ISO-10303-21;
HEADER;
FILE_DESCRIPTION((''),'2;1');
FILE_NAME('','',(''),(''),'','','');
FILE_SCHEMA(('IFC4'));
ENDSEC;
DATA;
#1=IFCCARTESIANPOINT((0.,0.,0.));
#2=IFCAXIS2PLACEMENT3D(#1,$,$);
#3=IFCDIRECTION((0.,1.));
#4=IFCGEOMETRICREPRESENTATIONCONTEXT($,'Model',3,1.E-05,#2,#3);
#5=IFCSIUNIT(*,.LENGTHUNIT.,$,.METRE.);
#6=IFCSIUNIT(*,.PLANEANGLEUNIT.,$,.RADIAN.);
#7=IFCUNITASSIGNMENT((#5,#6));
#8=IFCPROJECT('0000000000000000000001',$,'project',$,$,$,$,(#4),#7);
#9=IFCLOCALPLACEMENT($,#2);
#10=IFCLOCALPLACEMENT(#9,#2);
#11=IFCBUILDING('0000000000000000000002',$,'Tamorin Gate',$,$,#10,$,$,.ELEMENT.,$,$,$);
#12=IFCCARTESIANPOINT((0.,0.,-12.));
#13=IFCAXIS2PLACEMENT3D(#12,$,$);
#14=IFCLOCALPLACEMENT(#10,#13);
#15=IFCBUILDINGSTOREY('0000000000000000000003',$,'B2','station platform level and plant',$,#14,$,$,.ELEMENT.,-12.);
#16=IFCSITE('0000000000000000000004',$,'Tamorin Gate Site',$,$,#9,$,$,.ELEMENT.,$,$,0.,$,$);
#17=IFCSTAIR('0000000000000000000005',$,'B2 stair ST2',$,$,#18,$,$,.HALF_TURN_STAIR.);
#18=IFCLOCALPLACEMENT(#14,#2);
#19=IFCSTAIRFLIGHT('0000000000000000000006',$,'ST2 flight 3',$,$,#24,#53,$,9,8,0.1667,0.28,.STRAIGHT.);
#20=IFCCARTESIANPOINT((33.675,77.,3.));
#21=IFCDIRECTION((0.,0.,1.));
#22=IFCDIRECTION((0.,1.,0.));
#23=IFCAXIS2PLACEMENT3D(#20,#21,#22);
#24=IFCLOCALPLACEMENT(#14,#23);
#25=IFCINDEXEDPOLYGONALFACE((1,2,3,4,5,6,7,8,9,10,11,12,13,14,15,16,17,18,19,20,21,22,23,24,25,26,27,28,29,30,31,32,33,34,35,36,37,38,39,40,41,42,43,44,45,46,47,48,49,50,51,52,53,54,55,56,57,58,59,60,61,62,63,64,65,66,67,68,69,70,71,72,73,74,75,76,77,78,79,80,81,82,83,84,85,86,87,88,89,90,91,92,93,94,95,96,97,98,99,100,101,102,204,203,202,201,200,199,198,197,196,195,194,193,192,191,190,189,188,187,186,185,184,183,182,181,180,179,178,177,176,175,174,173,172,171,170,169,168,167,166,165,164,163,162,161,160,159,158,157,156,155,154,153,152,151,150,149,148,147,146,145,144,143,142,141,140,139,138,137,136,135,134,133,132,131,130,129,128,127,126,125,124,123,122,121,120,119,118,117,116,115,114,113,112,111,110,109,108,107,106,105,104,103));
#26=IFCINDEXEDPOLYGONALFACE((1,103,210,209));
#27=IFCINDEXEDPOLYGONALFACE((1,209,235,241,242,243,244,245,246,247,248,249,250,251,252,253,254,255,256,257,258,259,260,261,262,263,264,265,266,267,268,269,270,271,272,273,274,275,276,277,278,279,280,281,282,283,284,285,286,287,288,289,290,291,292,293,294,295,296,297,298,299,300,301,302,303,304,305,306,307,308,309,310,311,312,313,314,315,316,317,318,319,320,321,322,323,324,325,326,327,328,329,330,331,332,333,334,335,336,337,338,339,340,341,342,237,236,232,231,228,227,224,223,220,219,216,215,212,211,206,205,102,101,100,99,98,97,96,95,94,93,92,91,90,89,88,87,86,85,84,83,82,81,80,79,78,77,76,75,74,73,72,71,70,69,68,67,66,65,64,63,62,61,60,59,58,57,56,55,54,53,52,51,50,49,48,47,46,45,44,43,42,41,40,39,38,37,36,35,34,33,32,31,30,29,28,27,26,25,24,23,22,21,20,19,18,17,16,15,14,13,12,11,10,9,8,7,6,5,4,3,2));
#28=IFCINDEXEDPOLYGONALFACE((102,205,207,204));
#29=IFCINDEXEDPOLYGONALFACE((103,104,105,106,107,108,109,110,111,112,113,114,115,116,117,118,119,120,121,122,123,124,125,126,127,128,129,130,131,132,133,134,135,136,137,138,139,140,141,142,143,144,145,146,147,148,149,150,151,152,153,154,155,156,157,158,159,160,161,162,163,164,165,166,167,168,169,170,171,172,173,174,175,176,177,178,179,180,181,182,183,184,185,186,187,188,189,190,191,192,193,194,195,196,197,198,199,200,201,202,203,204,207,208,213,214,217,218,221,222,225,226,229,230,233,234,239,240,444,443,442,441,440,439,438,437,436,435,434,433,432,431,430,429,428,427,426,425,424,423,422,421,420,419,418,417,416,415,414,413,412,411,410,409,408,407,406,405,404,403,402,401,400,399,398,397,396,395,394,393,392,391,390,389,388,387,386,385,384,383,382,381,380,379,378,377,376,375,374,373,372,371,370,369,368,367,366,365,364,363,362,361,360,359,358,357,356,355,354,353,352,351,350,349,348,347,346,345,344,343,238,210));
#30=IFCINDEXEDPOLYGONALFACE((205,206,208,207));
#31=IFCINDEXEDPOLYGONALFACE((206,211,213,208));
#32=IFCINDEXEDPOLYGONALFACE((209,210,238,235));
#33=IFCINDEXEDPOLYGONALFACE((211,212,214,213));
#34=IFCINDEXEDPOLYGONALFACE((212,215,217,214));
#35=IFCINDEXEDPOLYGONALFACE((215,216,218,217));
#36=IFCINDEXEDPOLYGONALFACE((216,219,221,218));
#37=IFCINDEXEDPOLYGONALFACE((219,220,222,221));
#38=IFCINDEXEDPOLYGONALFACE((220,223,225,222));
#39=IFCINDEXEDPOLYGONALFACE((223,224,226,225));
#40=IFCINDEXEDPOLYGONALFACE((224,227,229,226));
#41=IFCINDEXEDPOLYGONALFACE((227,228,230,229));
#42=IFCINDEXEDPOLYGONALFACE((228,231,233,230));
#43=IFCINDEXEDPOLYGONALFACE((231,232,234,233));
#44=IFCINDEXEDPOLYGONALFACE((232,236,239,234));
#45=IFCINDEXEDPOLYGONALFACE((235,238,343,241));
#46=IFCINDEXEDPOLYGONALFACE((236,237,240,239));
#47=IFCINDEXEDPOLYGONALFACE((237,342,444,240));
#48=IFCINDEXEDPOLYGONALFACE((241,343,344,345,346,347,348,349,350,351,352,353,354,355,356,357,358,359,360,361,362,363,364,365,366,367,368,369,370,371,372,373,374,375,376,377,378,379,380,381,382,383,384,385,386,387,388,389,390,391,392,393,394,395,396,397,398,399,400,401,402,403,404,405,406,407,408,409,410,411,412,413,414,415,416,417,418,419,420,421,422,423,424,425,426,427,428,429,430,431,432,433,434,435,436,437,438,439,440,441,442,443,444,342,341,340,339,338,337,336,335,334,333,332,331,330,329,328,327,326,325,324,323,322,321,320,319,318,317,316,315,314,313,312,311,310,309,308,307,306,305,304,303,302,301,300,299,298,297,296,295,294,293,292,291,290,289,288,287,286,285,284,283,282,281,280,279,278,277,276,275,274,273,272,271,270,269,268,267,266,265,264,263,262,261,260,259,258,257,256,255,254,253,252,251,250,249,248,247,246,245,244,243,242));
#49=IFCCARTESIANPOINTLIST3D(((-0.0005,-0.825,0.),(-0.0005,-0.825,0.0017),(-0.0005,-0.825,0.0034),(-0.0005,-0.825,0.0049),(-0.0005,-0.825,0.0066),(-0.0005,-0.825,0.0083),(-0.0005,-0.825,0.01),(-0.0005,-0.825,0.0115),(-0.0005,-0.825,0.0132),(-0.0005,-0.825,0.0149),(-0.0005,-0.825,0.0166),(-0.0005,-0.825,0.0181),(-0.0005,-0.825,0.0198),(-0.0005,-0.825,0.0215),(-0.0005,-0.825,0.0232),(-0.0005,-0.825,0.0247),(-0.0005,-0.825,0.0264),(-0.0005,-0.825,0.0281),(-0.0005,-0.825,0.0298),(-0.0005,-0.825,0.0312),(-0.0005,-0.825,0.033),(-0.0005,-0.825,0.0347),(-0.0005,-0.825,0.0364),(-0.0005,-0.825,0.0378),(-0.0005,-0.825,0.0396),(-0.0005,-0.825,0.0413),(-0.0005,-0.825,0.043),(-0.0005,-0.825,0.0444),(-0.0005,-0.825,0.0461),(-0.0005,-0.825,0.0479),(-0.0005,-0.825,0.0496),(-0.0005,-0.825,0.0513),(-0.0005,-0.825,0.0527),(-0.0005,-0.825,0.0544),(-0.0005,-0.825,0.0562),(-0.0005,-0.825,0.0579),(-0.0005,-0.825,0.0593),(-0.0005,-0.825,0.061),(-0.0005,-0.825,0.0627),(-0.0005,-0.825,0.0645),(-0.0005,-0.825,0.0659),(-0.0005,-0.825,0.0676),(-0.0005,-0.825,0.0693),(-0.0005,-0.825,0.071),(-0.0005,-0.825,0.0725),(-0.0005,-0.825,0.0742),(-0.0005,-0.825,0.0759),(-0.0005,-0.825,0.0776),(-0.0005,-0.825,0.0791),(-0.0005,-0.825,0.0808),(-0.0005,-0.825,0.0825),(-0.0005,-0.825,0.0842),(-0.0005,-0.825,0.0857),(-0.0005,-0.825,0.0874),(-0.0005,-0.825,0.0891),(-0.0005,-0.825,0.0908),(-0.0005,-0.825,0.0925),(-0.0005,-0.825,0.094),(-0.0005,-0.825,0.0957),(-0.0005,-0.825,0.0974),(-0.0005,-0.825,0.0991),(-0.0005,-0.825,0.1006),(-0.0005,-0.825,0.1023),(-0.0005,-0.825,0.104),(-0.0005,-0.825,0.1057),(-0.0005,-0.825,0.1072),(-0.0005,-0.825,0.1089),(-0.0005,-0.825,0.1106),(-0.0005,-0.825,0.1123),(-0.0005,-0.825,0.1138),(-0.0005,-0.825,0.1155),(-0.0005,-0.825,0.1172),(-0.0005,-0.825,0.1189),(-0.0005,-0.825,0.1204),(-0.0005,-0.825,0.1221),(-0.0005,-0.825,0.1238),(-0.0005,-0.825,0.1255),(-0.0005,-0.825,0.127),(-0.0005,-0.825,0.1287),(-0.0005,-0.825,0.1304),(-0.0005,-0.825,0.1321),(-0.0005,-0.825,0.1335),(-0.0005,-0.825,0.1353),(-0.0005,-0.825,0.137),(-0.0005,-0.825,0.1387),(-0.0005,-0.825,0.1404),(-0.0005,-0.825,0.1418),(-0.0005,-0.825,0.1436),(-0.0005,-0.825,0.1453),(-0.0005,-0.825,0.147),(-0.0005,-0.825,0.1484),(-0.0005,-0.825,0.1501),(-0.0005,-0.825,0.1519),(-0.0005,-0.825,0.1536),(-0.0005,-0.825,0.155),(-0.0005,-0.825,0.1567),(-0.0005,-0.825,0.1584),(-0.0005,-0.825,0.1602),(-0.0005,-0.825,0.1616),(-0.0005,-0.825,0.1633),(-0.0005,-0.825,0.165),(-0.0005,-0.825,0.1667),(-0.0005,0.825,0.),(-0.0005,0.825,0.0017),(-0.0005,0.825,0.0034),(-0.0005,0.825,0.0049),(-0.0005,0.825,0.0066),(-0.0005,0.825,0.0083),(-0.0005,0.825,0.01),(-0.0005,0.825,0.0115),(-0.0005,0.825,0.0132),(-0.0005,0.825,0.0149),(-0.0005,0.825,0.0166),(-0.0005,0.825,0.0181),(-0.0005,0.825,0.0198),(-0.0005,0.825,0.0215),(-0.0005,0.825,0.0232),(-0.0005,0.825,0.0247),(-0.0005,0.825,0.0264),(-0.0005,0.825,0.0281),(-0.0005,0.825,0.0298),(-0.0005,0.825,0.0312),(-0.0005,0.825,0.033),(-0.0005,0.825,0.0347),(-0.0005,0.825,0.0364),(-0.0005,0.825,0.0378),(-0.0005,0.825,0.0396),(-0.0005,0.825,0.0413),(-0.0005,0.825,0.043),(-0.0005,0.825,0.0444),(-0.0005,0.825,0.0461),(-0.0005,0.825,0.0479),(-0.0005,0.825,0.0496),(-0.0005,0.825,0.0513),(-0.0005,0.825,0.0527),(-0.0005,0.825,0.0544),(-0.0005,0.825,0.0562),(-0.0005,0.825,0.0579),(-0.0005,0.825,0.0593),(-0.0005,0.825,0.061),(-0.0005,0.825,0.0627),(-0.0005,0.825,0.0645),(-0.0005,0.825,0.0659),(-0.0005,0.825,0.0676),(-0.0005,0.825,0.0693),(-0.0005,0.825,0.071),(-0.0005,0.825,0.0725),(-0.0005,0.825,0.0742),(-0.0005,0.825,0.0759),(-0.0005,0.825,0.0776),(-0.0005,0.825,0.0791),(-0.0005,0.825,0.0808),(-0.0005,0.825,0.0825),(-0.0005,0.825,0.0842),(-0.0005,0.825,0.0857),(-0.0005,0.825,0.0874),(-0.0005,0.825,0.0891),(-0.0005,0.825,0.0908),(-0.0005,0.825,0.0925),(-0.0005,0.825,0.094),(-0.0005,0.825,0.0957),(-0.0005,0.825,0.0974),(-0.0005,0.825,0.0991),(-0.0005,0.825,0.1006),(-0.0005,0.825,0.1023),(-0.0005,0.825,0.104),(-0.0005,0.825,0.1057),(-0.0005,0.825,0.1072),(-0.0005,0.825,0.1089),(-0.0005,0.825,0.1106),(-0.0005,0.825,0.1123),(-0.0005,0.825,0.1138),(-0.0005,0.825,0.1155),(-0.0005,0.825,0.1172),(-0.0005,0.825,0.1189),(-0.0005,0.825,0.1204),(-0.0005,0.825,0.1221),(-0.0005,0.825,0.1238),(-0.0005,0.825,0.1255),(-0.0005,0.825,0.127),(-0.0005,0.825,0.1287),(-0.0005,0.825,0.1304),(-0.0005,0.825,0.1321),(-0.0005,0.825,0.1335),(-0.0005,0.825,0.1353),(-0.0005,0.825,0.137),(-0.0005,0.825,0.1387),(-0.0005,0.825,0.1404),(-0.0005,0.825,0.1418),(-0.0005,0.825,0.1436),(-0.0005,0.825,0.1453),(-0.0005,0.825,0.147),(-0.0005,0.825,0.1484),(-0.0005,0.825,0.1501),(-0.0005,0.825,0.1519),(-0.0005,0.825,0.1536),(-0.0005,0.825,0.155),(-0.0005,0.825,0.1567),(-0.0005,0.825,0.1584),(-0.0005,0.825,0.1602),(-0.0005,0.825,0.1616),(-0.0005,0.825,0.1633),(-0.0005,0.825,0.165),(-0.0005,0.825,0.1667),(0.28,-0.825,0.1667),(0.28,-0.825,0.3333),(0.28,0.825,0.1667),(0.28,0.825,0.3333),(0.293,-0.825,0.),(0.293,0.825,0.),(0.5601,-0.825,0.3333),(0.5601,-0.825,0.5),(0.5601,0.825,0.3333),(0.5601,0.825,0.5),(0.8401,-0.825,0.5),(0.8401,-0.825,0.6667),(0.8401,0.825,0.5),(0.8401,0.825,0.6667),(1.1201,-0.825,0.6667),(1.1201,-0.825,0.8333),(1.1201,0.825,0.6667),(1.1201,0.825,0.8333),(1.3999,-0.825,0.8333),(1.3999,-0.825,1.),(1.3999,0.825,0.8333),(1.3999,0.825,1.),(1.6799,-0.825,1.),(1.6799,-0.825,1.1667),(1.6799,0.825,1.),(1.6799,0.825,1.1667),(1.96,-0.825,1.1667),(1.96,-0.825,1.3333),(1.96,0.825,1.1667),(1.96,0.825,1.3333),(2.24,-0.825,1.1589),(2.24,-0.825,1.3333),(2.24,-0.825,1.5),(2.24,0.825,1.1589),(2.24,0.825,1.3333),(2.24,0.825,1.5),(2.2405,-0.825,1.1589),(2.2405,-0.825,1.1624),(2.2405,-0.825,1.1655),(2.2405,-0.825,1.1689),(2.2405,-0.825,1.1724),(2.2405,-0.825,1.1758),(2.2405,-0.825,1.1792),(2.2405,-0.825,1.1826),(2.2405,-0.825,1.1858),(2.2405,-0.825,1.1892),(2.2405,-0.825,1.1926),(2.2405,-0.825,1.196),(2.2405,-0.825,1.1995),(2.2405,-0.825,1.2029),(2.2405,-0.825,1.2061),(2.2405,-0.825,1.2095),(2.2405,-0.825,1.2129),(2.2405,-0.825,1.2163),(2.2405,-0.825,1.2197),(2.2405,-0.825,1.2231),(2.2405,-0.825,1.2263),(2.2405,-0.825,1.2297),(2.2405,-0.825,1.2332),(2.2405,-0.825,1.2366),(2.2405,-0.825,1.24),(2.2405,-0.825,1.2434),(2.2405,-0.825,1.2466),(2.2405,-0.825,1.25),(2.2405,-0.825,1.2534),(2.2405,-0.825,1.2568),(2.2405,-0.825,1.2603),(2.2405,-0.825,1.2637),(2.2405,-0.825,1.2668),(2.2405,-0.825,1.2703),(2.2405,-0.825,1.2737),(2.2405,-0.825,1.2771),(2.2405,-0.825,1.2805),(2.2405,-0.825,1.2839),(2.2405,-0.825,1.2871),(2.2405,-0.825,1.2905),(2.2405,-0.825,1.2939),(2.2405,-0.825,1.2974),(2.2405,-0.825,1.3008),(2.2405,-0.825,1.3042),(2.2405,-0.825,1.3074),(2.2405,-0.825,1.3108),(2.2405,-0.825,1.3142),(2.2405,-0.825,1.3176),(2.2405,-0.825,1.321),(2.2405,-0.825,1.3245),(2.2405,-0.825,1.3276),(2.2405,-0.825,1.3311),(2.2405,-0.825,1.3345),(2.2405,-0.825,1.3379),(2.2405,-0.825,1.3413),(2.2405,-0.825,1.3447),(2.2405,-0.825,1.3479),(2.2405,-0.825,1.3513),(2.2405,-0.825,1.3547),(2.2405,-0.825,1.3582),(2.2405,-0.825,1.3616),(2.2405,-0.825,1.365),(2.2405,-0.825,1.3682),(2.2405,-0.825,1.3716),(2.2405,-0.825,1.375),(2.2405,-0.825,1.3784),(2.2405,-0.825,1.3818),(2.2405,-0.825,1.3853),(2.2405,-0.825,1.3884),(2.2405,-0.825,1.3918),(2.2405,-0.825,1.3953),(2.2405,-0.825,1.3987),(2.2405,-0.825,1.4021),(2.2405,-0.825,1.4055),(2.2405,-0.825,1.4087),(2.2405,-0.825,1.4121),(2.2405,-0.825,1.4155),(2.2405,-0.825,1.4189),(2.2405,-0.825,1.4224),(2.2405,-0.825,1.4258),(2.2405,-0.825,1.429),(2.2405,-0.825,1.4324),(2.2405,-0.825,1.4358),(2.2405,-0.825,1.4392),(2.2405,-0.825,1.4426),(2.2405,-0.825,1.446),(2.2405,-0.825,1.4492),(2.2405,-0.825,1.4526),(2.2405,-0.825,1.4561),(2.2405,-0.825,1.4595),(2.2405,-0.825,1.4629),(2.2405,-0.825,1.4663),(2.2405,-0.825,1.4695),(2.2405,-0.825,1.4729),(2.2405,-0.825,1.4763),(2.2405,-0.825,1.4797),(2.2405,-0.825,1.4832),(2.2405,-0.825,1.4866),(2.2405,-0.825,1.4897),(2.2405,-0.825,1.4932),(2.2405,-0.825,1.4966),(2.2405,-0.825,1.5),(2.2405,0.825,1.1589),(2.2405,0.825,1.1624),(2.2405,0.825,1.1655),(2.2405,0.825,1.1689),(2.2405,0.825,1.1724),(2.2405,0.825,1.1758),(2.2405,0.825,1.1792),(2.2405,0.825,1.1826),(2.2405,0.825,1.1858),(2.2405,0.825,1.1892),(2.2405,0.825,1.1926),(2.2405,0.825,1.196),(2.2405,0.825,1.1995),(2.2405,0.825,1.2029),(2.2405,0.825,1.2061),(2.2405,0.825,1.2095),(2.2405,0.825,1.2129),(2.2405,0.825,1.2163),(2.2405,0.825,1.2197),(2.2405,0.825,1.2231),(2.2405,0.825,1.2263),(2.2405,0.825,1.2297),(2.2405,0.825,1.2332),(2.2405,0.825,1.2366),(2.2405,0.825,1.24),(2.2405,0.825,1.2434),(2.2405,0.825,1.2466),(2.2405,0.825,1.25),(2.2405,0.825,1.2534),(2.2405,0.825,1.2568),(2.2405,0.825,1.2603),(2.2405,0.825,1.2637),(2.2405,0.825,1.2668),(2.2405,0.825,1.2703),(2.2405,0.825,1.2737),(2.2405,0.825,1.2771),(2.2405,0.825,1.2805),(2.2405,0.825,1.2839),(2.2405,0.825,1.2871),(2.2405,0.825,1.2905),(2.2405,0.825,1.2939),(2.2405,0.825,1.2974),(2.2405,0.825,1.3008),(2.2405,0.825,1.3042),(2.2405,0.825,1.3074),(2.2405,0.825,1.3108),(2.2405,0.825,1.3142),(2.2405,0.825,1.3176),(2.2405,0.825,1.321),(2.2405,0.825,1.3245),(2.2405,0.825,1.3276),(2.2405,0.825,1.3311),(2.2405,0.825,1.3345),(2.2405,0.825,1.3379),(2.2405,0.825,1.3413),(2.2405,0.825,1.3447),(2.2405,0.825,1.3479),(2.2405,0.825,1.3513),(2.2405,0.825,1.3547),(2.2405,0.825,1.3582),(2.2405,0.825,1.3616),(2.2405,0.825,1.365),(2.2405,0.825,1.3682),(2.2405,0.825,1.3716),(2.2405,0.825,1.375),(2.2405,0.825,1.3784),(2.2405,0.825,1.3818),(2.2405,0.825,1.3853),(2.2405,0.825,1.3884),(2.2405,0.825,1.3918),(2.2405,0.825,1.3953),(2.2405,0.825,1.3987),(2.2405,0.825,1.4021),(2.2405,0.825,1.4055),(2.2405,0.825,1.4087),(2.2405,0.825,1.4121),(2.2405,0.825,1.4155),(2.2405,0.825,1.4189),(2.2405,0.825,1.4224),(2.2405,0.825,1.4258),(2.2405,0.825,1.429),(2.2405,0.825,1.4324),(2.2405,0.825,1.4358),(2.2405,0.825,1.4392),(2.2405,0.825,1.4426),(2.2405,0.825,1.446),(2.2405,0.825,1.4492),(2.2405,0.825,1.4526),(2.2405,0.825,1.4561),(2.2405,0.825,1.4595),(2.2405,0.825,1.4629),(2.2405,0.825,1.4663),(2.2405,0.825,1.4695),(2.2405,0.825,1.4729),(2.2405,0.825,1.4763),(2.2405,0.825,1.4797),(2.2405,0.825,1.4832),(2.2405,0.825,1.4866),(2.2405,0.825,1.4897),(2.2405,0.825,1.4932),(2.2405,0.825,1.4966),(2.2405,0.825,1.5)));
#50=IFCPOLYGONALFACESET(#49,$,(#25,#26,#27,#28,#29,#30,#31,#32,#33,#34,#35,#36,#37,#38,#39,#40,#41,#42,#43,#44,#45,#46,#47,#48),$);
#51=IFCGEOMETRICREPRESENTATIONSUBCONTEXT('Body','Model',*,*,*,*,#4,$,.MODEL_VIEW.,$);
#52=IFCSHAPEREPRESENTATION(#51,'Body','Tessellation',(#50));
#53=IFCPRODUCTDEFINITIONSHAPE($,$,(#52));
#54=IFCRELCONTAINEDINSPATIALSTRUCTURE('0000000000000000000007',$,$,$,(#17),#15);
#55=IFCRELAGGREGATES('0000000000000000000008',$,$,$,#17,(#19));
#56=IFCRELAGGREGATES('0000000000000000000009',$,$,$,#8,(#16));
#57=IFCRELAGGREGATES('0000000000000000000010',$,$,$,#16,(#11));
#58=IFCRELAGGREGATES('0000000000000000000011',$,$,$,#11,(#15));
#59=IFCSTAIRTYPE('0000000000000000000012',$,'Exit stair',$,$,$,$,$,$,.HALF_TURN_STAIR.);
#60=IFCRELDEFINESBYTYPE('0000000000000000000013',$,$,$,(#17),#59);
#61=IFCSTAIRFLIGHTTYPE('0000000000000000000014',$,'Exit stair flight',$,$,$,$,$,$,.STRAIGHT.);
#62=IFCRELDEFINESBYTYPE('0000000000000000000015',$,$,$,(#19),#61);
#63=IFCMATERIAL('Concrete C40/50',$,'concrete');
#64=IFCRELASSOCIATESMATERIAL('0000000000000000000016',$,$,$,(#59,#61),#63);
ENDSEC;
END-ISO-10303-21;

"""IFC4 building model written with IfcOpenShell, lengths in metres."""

from ifc_helpers import new_model, si_unit, direction, frame, origin, place, context, subcontext, project, spatial, polyline, outline, extrude, material, type_object, element, aggregate, save


model = new_model("IFC4")

# Units and contexts
model_context = context("Model", 3, precision=1e-05, world=origin(), true_north=direction((0.0, 1.0)))
body_context = subcontext(model_context, "Body", "Model", "MODEL_VIEW")
ifc_project = project(units=[si_unit("LENGTHUNIT", "METRE"), si_unit("PLANEANGLEUNIT", "RADIAN")], contexts=[model_context])

# Site, building, storey
site_placement = place(None, origin())
site = spatial("IfcSite", under=ifc_project, at=site_placement, Name="Tamorin Gate Site", CompositionType="ELEMENT", RefElevation=0.0)
building_placement = place(site_placement, origin())
building = spatial("IfcBuilding", under=site, at=building_placement, Name="Tamorin Gate", CompositionType="ELEMENT")
storey_placement = place(building_placement, frame((0.0, 0.0, -12.0)))
storey = spatial("IfcBuildingStorey", under=building, at=storey_placement, Name="B2", Description="station platform level and plant", CompositionType="ELEMENT", Elevation=-12.0)

# Shared definitions
ifc_material_1 = material(Name="Concrete C40/50", Category="concrete")

# Stair, stair flight
stair_type = type_object("IfcStairType", Name="Exit stair", PredefinedType="HALF_TURN_STAIR", material=ifc_material_1)
stair_placement = place(storey_placement, origin())
stair = element("IfcStair", 1, at=stair_placement, inside=storey, type_object=stair_type, Name="B2 stair ST2", PredefinedType="HALF_TURN_STAIR")
stair_flight_type = type_object("IfcStairFlightType", Name="Exit stair flight", PredefinedType="STRAIGHT", material=ifc_material_1)
stair_flight_placement = place(storey_placement, frame((33.675, 77.0, 3.0), z_axis=(0.0, 0.0, 1.0), x_axis=(0.0, 1.0, 0.0)))
stair_flight = element("IfcStairFlight", 2, at=stair_flight_placement, type_object=stair_flight_type, Name="ST2 flight 3", NumberOfRisers=9, NumberOfTreads=8, PredefinedType="STRAIGHT", RiserHeight=0.1667, TreadLength=0.28, context=body_context, shape_type="SweptSolid", body=[
    extrude(outline(polyline([(-0.0005, 0.0), (-0.0005, 0.0017), (-0.0005, 0.0034), (-0.0005, 0.0049), (-0.0005, 0.0066), (-0.0005, 0.0083), (-0.0005, 0.01), (-0.0005, 0.0115), (-0.0005, 0.0132), (-0.0005, 0.0149), (-0.0005, 0.0166), (-0.0005, 0.0181), (-0.0005, 0.0198), (-0.0005, 0.0215), (-0.0005, 0.0232), (-0.0005, 0.0247), (-0.0005, 0.0264), (-0.0005, 0.0281), (-0.0005, 0.0298), (-0.0005, 0.0312), (-0.0005, 0.033), (-0.0005, 0.0347), (-0.0005, 0.0364), (-0.0005, 0.0378), (-0.0005, 0.0396), (-0.0005, 0.0413), (-0.0005, 0.043), (-0.0005, 0.0444), (-0.0005, 0.0461), (-0.0005, 0.0479), (-0.0005, 0.0496), (-0.0005, 0.0513), (-0.0005, 0.0527), (-0.0005, 0.0544), (-0.0005, 0.0562), (-0.0005, 0.0579), (-0.0005, 0.0593), (-0.0005, 0.061), (-0.0005, 0.0627), (-0.0005, 0.0645), (-0.0005, 0.0659), (-0.0005, 0.0676), (-0.0005, 0.0693), (-0.0005, 0.071), (-0.0005, 0.0725), (-0.0005, 0.0742), (-0.0005, 0.0759), (-0.0005, 0.0776), (-0.0005, 0.0791), (-0.0005, 0.0808), (-0.0005, 0.0825), (-0.0005, 0.0842), (-0.0005, 0.0857), (-0.0005, 0.0874), (-0.0005, 0.0891), (-0.0005, 0.0908), (-0.0005, 0.0925), (-0.0005, 0.094), (-0.0005, 0.0957), (-0.0005, 0.0974), (-0.0005, 0.0991), (-0.0005, 0.1006), (-0.0005, 0.1023), (-0.0005, 0.104), (-0.0005, 0.1057), (-0.0005, 0.1072), (-0.0005, 0.1089), (-0.0005, 0.1106), (-0.0005, 0.1123), (-0.0005, 0.1138), (-0.0005, 0.1155), (-0.0005, 0.1172), (-0.0005, 0.1189), (-0.0005, 0.1204), (-0.0005, 0.1221), (-0.0005, 0.1238), (-0.0005, 0.1255), (-0.0005, 0.127), (-0.0005, 0.1287), (-0.0005, 0.1304), (-0.0005, 0.1321), (-0.0005, 0.1335), (-0.0005, 0.1353), (-0.0005, 0.137), (-0.0005, 0.1387), (-0.0005, 0.1404), (-0.0005, 0.1418), (-0.0005, 0.1436), (-0.0005, 0.1453), (-0.0005, 0.147), (-0.0005, 0.1484), (-0.0005, 0.1501), (-0.0005, 0.1519), (-0.0005, 0.1536), (-0.0005, 0.155), (-0.0005, 0.1567), (-0.0005, 0.1584), (-0.0005, 0.1602), (-0.0005, 0.1616), (-0.0005, 0.1633), (-0.0005, 0.165), (-0.0005, 0.1667), (0.28, 0.1667), (0.28, 0.3333), (0.5601, 0.3333), (0.5601, 0.5), (0.8401, 0.5), (0.8401, 0.6667), (1.1201, 0.6667), (1.1201, 0.8333), (1.3999, 0.8333), (1.3999, 1.0), (1.6799, 1.0), (1.6799, 1.1667), (1.96, 1.1667), (1.96, 1.3333), (2.24, 1.3333), (2.24, 1.5), (2.2405, 1.5), (2.2405, 1.4966), (2.2405, 1.4932), (2.2405, 1.4897), (2.2405, 1.4866), (2.2405, 1.4832), (2.2405, 1.4797), (2.2405, 1.4763), (2.2405, 1.4729), (2.2405, 1.4695), (2.2405, 1.4663), (2.2405, 1.4629), (2.2405, 1.4595), (2.2405, 1.4561), (2.2405, 1.4526), (2.2405, 1.4492), (2.2405, 1.446), (2.2405, 1.4426), (2.2405, 1.4392), (2.2405, 1.4358), (2.2405, 1.4324), (2.2405, 1.429), (2.2405, 1.4258), (2.2405, 1.4224), (2.2405, 1.4189), (2.2405, 1.4155), (2.2405, 1.4121), (2.2405, 1.4087), (2.2405, 1.4055), (2.2405, 1.4021), (2.2405, 1.3987), (2.2405, 1.3953), (2.2405, 1.3918), (2.2405, 1.3884), (2.2405, 1.3853), (2.2405, 1.3818), (2.2405, 1.3784), (2.2405, 1.375), (2.2405, 1.3716), (2.2405, 1.3682), (2.2405, 1.365), (2.2405, 1.3616), (2.2405, 1.3582), (2.2405, 1.3547), (2.2405, 1.3513), (2.2405, 1.3479), (2.2405, 1.3447), (2.2405, 1.3413), (2.2405, 1.3379), (2.2405, 1.3345), (2.2405, 1.3311), (2.2405, 1.3276), (2.2405, 1.3245), (2.2405, 1.321), (2.2405, 1.3176), (2.2405, 1.3142), (2.2405, 1.3108), (2.2405, 1.3074), (2.2405, 1.3042), (2.2405, 1.3008), (2.2405, 1.2974), (2.2405, 1.2939), (2.2405, 1.2905), (2.2405, 1.2871), (2.2405, 1.2839), (2.2405, 1.2805), (2.2405, 1.2771), (2.2405, 1.2737), (2.2405, 1.2703), (2.2405, 1.2668), (2.2405, 1.2637), (2.2405, 1.2603), (2.2405, 1.2568), (2.2405, 1.2534), (2.2405, 1.25), (2.2405, 1.2466), (2.2405, 1.2434), (2.2405, 1.24), (2.2405, 1.2366), (2.2405, 1.2332), (2.2405, 1.2297), (2.2405, 1.2263), (2.2405, 1.2231), (2.2405, 1.2197), (2.2405, 1.2163), (2.2405, 1.2129), (2.2405, 1.2095), (2.2405, 1.2061), (2.2405, 1.2029), (2.2405, 1.1995), (2.2405, 1.196), (2.2405, 1.1926), (2.2405, 1.1892), (2.2405, 1.1858), (2.2405, 1.1826), (2.2405, 1.1792), (2.2405, 1.1758), (2.2405, 1.1724), (2.2405, 1.1689), (2.2405, 1.1655), (2.2405, 1.1624), (2.2405, 1.1589), (2.24, 1.1589), (0.293, 0.0), (-0.0005, 0.0)])), frame((0.0, 0.825, 0.0), z_axis=(0.0, -1.0, 0.0), x_axis=(1.0, 0.0, 0.0)), (0.0, 0.0, 1.0), 1.6499),
])
aggregate(stair, [stair_flight])

save(model, "model.ifc")
